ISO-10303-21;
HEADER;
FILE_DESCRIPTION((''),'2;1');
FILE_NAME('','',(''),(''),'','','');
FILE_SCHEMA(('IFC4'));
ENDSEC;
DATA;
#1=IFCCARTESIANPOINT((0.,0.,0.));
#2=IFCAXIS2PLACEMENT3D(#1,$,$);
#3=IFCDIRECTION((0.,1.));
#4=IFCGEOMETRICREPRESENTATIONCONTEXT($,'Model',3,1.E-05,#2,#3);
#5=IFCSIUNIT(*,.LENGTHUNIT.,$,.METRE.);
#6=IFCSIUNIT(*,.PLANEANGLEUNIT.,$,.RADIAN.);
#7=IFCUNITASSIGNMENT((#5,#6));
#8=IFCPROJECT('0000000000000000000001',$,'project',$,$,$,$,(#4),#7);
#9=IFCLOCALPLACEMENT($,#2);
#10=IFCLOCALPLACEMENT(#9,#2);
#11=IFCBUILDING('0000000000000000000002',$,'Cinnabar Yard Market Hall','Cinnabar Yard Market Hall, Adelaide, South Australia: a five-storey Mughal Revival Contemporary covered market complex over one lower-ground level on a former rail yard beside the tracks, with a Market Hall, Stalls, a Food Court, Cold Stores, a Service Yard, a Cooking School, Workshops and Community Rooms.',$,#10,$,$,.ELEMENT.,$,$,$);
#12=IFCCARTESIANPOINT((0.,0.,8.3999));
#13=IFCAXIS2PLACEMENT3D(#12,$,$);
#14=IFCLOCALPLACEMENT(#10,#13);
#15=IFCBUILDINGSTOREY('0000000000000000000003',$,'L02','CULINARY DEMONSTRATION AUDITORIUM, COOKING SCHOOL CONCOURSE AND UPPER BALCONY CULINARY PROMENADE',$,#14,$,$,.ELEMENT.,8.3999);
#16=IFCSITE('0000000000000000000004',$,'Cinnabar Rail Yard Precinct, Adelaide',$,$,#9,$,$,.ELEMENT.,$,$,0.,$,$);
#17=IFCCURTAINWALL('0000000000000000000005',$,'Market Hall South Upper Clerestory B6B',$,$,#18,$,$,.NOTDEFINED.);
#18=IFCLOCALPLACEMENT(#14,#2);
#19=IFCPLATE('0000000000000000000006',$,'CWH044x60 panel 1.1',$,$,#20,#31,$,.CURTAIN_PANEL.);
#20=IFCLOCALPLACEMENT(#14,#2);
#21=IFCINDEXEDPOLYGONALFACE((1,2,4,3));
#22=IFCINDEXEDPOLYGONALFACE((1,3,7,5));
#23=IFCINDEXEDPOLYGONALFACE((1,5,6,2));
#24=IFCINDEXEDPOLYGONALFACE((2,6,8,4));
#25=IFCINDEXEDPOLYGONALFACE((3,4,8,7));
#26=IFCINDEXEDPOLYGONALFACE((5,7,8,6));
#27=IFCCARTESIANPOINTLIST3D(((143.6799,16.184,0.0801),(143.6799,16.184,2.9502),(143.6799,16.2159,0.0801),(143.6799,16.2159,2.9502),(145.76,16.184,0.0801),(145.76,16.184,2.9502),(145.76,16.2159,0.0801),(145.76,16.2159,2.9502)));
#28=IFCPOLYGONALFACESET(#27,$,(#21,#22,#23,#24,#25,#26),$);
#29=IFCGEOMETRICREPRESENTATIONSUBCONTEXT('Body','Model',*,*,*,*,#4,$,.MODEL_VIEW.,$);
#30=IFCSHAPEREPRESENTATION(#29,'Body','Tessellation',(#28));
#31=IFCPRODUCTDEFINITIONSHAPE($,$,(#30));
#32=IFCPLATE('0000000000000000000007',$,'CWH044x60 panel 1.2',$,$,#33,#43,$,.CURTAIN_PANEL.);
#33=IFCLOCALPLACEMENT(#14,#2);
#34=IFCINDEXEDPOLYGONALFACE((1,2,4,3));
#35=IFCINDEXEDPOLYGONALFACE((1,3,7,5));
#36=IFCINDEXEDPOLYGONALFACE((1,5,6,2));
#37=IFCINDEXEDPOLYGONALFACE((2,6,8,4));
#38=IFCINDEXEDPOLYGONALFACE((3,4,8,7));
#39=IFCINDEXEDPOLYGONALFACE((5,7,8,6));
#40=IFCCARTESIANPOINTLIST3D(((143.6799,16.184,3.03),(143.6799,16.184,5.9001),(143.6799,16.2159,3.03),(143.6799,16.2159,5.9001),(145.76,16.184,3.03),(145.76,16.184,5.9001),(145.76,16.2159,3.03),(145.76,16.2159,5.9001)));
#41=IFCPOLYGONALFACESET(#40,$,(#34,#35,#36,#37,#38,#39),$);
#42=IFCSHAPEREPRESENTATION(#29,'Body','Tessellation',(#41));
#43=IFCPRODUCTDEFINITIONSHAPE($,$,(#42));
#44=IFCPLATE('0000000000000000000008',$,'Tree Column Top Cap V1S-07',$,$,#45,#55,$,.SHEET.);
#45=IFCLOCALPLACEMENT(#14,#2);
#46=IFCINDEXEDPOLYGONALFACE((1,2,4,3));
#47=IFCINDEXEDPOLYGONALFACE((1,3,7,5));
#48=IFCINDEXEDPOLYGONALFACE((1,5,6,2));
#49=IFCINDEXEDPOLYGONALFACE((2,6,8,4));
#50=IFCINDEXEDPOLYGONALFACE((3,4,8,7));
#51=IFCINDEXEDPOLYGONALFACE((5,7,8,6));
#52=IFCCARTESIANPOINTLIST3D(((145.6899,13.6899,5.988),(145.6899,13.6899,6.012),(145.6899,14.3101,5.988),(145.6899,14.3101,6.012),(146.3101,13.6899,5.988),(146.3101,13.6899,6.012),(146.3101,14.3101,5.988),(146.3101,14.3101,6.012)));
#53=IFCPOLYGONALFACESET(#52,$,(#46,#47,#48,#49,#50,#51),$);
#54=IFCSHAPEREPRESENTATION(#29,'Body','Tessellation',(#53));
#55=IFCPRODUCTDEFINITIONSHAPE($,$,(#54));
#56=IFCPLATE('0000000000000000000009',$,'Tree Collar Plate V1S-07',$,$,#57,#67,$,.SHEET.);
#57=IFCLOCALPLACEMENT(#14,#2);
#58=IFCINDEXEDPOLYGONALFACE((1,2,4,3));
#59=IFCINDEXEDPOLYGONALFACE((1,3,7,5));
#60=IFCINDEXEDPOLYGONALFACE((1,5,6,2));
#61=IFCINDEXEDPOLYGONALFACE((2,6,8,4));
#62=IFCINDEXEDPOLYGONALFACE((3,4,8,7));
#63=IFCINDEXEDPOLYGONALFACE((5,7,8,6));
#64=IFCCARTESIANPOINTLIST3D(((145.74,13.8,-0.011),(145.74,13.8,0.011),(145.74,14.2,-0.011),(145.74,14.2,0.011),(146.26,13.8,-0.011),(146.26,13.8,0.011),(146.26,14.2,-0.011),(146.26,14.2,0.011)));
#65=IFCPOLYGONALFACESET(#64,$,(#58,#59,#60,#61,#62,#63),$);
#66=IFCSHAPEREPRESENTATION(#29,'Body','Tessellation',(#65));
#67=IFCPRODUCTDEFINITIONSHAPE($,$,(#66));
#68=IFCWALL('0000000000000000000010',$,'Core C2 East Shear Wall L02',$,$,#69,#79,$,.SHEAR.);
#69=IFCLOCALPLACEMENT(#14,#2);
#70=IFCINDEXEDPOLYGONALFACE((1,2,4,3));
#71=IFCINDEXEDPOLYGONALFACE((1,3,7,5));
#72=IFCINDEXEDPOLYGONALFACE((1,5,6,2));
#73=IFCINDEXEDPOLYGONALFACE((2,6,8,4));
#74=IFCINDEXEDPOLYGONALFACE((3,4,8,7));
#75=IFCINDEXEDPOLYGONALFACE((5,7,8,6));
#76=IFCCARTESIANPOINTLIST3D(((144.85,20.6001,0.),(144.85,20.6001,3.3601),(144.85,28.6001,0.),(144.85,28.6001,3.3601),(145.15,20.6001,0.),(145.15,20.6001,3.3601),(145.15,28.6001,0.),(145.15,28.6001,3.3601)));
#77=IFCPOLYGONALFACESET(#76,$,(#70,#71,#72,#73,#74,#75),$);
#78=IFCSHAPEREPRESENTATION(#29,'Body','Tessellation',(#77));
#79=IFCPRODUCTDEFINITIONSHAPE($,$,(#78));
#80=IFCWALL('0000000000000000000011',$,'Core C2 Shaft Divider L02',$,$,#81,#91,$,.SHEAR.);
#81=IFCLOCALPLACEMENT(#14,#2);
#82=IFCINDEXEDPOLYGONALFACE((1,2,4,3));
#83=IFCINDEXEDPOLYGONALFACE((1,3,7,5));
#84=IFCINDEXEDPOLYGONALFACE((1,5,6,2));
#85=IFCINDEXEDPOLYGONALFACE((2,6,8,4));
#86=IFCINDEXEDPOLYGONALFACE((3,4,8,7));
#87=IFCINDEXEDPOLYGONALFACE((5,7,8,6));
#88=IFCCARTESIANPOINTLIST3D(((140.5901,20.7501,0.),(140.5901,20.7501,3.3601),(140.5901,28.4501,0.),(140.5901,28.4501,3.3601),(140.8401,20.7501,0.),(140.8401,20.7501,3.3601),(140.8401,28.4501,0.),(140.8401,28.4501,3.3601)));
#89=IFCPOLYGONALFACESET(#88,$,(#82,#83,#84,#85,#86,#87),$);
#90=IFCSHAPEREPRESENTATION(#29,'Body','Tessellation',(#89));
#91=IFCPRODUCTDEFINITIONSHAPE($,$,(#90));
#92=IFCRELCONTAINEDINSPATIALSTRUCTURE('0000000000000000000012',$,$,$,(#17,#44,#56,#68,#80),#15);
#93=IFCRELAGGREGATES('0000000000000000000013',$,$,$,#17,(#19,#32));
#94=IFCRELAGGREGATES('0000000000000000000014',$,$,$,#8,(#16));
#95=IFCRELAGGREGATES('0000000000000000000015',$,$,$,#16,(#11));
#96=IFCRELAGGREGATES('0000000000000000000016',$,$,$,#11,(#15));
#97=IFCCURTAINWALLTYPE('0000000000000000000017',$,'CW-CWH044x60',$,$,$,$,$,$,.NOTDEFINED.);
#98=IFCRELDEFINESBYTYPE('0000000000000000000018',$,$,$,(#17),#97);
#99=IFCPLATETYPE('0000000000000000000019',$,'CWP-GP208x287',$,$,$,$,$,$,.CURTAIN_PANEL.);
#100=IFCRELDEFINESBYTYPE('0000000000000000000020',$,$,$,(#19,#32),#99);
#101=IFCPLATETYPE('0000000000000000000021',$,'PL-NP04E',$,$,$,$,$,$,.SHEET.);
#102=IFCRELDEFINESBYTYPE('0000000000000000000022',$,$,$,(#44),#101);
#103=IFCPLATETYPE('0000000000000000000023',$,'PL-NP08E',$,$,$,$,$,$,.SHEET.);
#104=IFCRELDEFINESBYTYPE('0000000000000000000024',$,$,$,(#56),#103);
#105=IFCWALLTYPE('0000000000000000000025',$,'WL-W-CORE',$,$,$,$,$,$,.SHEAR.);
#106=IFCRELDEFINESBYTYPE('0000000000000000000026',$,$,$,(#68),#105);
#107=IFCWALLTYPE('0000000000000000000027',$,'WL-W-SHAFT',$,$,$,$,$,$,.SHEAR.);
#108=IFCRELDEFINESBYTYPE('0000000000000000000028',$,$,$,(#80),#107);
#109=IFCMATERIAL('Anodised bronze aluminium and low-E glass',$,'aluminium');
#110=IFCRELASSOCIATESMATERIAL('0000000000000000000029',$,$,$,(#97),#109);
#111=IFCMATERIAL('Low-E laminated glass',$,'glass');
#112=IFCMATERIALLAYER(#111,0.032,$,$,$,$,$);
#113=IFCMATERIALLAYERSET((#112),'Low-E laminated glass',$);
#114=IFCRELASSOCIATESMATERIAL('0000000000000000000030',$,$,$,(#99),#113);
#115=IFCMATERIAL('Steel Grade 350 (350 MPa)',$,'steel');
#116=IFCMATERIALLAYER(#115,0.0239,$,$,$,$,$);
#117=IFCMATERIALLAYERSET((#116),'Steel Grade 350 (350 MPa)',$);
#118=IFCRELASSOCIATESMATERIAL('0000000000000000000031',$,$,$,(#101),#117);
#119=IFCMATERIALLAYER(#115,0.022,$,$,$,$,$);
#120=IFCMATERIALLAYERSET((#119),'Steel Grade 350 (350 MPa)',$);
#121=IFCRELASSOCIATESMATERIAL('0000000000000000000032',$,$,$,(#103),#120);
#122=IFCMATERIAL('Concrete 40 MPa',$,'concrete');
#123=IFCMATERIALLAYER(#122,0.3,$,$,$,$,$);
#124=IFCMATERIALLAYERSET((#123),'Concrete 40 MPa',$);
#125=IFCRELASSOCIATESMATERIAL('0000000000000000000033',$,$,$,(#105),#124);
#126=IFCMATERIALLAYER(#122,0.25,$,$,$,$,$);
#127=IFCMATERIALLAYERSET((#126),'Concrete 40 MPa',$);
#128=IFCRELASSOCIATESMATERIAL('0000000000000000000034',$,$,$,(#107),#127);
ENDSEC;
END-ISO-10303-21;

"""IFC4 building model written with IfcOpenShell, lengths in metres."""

from ifc_helpers import new_model, si_unit, direction, frame, frame_2d, origin, origin_2d_with_axis, place, context, subcontext, project, spatial, rectangle, extrude, material, layer, layer_set, type_object, element, aggregate, save


model = new_model("IFC4")

# Units and contexts
model_context = context("Model", 3, precision=1e-05, world=origin(), true_north=direction((0.0, 1.0)))
body_context = subcontext(model_context, "Body", "Model", "MODEL_VIEW")
ifc_project = project(units=[si_unit("LENGTHUNIT", "METRE"), si_unit("PLANEANGLEUNIT", "RADIAN")], contexts=[model_context])

# Site, building, storey
site_placement = place(None, origin())
site = spatial("IfcSite", under=ifc_project, at=site_placement, Name="Cinnabar Rail Yard Precinct, Adelaide", CompositionType="ELEMENT", RefElevation=0.0)
building_placement = place(site_placement, origin())
building = spatial("IfcBuilding", under=site, at=building_placement, Name="Cinnabar Yard Market Hall", Description="Cinnabar Yard Market Hall, Adelaide, South Australia: a five-storey Mughal Revival Contemporary covered market complex over one lower-ground level on a former rail yard beside the tracks, with a Market Hall, Stalls, a Food Court, Cold Stores, a Service Yard, a Cooking School, Workshops and Community Rooms.", CompositionType="ELEMENT")
storey_placement = place(building_placement, frame((0.0, 0.0, 8.3999)))
storey = spatial("IfcBuildingStorey", under=building, at=storey_placement, Name="L02", Description="CULINARY DEMONSTRATION AUDITORIUM, COOKING SCHOOL CONCOURSE AND UPPER BALCONY CULINARY PROMENADE", CompositionType="ELEMENT", Elevation=8.3999)

# Shared definitions
ifc_material_1 = material(Name="Anodised bronze aluminium and low-E glass", Category="aluminium")

# Curtain wall
curtain_wall_type_1 = type_object("IfcCurtainWallType", Name="CW-CWH044x60", PredefinedType="NOTDEFINED", material=ifc_material_1)
curtain_wall_1_placement = place(storey_placement, origin())
curtain_wall_1 = element("IfcCurtainWall", 1, at=curtain_wall_1_placement, inside=storey, type_object=curtain_wall_type_1, Name="Market Hall South Upper Clerestory B6B", PredefinedType="NOTDEFINED")

# Plates
ifc_material_2 = material(Name="Low-E laminated glass", Category="glass")
ifc_layer_1 = layer(ifc_material_2, 0.032)
ifc_layer_set_1 = layer_set([ifc_layer_1], Name="Low-E laminated glass")
plate_type_1 = type_object("IfcPlateType", Name="CWP-GP208x287", PredefinedType="CURTAIN_PANEL", material=ifc_layer_set_1)
plate_1_placement = place(storey_placement, frame((144.72, 16.2, 0.0801), z_axis=(0.0, 0.0, 1.0), x_axis=(1.0, 0.0, 0.0)))
plate_1 = element("IfcPlate", 2, at=plate_1_placement, type_object=plate_type_1, Name="CWH044x60 panel 1.1", PredefinedType="CURTAIN_PANEL", context=body_context, shape_type="SweptSolid", body=[
    extrude(rectangle(XDim=2.0801, YDim=0.032, at=origin_2d_with_axis()), origin(), (0.0, 0.0, 1.0), 2.8701),
])
plate_2_placement = place(storey_placement, frame((144.72, 16.2, 3.03), z_axis=(0.0, 0.0, 1.0), x_axis=(1.0, 0.0, 0.0)))
plate_2 = element("IfcPlate", 3, at=plate_2_placement, type_object=plate_type_1, Name="CWH044x60 panel 1.2", PredefinedType="CURTAIN_PANEL", context=body_context, shape_type="SweptSolid", body=[
    extrude(rectangle(XDim=2.0801, YDim=0.032, at=origin_2d_with_axis()), origin(), (0.0, 0.0, 1.0), 2.8701),
])
aggregate(curtain_wall_1, [plate_1, plate_2])

# Plates
ifc_material_3 = material(Name="Steel Grade 350 (350 MPa)", Category="steel")
ifc_layer_2 = layer(ifc_material_3, 0.0239)
ifc_layer_set_2 = layer_set([ifc_layer_2], Name="Steel Grade 350 (350 MPa)")
plate_type_2 = type_object("IfcPlateType", Name="PL-NP04E", PredefinedType="SHEET", material=ifc_layer_set_2)
plate_3_placement = place(storey_placement, frame((146.0, 14.0, 5.988), z_axis=(0.0, 0.0, 1.0), x_axis=(1.0, 0.0, 0.0)))
element("IfcPlate", 4, at=plate_3_placement, inside=storey, type_object=plate_type_2, Name="Tree Column Top Cap V1S-07", PredefinedType="SHEET", context=body_context, shape_type="SweptSolid", body=[
    extrude(rectangle(XDim=0.6201, YDim=0.6201, at=origin_2d_with_axis()), origin(), (0.0, 0.0, 1.0), 0.0239),
])
ifc_layer_3 = layer(ifc_material_3, 0.022)
ifc_layer_set_3 = layer_set([ifc_layer_3], Name="Steel Grade 350 (350 MPa)")
plate_type_3 = type_object("IfcPlateType", Name="PL-NP08E", PredefinedType="SHEET", material=ifc_layer_set_3)
plate_4_placement = place(storey_placement, frame((146.0, 14.0, -0.011), z_axis=(0.0, 0.0, 1.0), x_axis=(1.0, 0.0, 0.0)))
element("IfcPlate", 5, at=plate_4_placement, inside=storey, type_object=plate_type_3, Name="Tree Collar Plate V1S-07", PredefinedType="SHEET", context=body_context, shape_type="SweptSolid", body=[
    extrude(rectangle(XDim=0.52, YDim=0.3999, at=origin_2d_with_axis()), origin(), (0.0, 0.0, 1.0), 0.022),
])

# Walls
ifc_material_4 = material(Name="Concrete 40 MPa", Category="concrete")
ifc_layer_4 = layer(ifc_material_4, 0.3)
ifc_layer_set_4 = layer_set([ifc_layer_4], Name="Concrete 40 MPa")
wall_type_1 = type_object("IfcWallType", Name="WL-W-CORE", PredefinedType="SHEAR", material=ifc_layer_set_4)
wall_1_placement = place(storey_placement, frame((145.0, 20.6001, 0.0), z_axis=(0.0, 0.0, 1.0), x_axis=(0.0, 1.0, 0.0)))
element("IfcWall", 6, at=wall_1_placement, inside=storey, type_object=wall_type_1, Name="Core C2 East Shear Wall L02", PredefinedType="SHEAR", context=body_context, shape_type="SweptSolid", body=[
    extrude(rectangle(XDim=8.0, YDim=0.3, at=frame_2d((4.0, 0.0), x_axis=(1.0, 0.0))), origin(), (0.0, 0.0, 1.0), 3.3601),
])
ifc_layer_5 = layer(ifc_material_4, 0.25)
ifc_layer_set_5 = layer_set([ifc_layer_5], Name="Concrete 40 MPa")
wall_type_2 = type_object("IfcWallType", Name="WL-W-SHAFT", PredefinedType="SHEAR", material=ifc_layer_set_5)
wall_2_placement = place(storey_placement, frame((140.7151, 20.75, 0.0), z_axis=(0.0, 0.0, 1.0), x_axis=(0.0, 1.0, 0.0)))
element("IfcWall", 7, at=wall_2_placement, inside=storey, type_object=wall_type_2, Name="Core C2 Shaft Divider L02", PredefinedType="SHEAR", context=body_context, shape_type="SweptSolid", body=[
    extrude(rectangle(XDim=7.7, YDim=0.25, at=frame_2d((3.8501, 0.0), x_axis=(1.0, 0.0))), origin(), (0.0, 0.0, 1.0), 3.3601),
])

save(model, "model.ifc")
